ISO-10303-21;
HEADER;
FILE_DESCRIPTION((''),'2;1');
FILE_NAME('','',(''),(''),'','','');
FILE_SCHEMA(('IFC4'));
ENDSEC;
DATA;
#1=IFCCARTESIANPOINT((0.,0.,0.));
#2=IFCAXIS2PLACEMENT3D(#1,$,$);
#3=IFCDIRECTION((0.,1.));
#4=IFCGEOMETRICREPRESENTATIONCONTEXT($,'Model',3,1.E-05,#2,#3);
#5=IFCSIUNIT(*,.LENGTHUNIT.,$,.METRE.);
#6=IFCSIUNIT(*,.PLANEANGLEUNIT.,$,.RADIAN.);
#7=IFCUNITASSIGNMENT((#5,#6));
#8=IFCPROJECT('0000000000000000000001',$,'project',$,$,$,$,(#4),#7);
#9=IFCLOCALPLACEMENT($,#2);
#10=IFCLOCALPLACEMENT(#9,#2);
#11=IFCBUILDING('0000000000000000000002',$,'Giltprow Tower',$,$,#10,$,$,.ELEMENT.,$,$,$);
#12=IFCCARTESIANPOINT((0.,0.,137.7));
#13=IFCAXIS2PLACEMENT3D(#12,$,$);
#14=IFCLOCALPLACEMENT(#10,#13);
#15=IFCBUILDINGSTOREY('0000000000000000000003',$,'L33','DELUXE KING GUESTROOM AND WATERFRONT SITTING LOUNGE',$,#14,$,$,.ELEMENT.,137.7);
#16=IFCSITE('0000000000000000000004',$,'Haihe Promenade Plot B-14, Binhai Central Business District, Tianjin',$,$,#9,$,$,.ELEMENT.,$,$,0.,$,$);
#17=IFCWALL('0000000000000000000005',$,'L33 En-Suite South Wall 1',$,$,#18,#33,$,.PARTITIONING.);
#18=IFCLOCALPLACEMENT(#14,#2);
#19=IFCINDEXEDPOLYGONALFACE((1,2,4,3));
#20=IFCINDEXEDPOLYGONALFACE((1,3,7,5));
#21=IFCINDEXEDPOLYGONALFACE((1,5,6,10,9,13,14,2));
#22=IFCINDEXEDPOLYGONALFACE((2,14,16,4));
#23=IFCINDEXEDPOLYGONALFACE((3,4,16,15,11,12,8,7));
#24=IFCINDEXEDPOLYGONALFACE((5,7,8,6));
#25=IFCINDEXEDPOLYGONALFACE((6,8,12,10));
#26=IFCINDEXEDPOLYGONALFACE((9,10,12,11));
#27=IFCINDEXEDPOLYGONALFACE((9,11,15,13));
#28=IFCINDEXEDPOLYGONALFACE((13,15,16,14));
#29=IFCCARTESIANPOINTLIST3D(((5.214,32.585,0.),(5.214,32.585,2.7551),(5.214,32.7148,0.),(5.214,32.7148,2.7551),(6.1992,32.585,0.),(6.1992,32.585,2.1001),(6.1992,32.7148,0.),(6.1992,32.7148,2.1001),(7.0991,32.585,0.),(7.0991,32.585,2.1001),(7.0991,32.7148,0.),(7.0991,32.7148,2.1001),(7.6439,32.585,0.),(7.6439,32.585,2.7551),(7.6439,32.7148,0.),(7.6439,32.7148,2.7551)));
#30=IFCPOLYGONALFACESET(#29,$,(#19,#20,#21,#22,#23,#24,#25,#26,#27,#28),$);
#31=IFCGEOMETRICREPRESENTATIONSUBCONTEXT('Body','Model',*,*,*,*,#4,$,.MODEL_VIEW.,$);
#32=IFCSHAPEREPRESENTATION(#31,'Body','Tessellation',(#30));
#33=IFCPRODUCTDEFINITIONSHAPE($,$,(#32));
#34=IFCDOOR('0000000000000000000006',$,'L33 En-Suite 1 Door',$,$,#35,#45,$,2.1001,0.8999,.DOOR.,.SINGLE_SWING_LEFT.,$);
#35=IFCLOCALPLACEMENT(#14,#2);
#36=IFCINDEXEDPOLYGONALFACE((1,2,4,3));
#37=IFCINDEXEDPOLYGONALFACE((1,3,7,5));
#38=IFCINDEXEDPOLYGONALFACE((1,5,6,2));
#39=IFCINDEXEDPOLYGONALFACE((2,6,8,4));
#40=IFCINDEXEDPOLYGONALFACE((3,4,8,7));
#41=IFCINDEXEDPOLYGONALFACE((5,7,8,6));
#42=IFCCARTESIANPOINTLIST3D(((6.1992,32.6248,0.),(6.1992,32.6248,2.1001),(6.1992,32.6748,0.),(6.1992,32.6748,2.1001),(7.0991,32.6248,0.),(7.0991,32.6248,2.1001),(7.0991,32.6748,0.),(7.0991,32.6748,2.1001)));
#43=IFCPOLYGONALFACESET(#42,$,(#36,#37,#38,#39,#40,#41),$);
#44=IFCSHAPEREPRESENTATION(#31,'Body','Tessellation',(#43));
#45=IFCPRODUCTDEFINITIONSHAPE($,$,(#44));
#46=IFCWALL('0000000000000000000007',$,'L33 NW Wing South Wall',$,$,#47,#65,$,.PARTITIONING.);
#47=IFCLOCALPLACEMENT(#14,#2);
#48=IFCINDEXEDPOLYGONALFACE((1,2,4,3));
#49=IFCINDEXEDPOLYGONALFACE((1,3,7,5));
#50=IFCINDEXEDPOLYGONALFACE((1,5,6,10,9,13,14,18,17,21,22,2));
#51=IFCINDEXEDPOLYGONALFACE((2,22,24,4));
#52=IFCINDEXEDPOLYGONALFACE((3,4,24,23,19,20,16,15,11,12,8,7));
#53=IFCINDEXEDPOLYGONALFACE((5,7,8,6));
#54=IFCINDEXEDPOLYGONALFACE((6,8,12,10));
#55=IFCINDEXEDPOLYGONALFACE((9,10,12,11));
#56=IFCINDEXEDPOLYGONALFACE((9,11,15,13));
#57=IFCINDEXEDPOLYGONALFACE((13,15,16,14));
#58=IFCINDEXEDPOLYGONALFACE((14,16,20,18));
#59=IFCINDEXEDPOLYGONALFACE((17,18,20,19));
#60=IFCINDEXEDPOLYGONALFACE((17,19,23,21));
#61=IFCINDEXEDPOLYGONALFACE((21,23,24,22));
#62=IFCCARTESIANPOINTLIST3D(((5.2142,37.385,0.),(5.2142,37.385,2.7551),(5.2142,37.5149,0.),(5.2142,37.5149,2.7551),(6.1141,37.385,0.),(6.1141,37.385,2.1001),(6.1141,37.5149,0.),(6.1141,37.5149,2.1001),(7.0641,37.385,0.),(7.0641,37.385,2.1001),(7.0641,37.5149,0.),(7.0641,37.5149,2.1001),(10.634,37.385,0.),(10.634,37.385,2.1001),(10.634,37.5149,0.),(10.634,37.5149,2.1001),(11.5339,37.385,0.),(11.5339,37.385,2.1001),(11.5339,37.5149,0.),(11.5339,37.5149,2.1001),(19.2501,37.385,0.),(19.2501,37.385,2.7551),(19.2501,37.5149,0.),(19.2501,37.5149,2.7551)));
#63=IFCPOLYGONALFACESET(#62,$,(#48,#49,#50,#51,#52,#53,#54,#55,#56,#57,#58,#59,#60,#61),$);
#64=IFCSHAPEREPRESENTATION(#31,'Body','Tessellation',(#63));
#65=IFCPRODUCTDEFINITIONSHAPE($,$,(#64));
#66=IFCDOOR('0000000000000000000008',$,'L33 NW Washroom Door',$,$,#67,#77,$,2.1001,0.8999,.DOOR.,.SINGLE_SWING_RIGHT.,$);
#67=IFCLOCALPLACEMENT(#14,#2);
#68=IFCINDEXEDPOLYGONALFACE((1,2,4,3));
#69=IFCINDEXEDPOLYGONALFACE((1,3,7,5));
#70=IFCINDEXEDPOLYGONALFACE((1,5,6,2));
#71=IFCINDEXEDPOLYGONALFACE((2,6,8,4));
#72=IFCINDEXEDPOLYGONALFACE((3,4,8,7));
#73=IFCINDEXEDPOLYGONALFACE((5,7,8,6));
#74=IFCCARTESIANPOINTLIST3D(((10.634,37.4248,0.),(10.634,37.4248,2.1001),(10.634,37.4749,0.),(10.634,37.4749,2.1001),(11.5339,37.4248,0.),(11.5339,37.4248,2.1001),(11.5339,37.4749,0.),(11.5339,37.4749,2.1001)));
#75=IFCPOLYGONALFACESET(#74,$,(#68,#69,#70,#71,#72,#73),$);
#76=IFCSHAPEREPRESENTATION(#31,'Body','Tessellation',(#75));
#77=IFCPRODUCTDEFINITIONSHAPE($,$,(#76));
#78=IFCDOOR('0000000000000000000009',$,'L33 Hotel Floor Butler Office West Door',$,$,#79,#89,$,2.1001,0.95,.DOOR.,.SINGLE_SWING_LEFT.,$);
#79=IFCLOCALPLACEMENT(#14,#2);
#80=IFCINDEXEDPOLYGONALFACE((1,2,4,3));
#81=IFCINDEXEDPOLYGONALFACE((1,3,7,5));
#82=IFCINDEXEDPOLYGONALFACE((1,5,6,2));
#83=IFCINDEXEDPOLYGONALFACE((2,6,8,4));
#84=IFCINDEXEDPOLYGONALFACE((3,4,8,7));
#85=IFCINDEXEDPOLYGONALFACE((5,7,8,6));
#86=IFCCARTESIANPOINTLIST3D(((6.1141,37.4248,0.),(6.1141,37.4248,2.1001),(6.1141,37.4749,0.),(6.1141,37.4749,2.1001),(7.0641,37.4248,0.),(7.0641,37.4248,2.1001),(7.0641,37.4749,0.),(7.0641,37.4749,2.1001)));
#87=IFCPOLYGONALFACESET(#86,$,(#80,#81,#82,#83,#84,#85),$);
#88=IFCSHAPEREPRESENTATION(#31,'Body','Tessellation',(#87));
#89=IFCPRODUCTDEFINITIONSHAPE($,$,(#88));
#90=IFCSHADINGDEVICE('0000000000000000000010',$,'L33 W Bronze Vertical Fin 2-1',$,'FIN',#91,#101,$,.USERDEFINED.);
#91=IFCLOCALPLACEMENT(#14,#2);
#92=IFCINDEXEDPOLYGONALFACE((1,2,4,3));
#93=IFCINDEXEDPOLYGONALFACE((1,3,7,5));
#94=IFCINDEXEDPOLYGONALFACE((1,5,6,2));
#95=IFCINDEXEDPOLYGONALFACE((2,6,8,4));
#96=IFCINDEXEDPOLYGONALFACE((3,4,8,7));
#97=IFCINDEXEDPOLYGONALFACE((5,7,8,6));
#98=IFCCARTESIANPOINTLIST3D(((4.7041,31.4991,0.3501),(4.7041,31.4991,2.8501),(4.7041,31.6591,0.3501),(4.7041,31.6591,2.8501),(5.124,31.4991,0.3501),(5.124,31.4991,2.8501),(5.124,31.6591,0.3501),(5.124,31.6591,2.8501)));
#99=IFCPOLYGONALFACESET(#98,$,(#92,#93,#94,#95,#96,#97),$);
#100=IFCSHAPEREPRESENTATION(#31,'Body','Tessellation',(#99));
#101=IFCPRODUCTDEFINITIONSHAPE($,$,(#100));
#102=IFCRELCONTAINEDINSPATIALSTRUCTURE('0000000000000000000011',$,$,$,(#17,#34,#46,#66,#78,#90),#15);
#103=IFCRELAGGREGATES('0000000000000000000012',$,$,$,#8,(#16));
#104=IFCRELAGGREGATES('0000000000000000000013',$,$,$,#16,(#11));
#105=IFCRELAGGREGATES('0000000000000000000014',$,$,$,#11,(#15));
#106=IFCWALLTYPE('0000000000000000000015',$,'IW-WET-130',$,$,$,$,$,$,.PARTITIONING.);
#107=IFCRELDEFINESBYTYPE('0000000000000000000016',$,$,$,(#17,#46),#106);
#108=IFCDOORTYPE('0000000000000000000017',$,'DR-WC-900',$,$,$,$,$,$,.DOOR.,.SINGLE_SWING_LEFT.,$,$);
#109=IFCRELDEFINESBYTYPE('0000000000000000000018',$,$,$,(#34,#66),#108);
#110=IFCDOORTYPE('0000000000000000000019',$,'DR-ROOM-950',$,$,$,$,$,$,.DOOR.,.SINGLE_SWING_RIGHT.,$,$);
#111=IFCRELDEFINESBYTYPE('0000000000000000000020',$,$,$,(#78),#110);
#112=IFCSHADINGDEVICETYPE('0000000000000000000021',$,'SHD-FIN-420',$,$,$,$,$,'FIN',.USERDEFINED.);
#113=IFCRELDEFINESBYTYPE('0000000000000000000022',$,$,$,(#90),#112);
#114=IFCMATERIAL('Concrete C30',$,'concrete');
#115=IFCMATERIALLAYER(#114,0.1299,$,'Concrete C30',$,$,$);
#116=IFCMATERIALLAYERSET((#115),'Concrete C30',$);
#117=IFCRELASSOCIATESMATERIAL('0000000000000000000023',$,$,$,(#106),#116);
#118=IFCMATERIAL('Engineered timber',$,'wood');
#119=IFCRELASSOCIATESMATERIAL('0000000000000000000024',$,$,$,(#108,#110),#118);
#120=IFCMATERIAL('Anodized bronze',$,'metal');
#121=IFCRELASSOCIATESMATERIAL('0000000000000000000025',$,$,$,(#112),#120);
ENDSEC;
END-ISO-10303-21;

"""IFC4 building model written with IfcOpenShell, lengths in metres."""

from ifc_helpers import new_model, si_unit, direction, frame, frame_2d, origin, origin_2d, place, context, subcontext, project, spatial, rectangle, extrude, source, transform, mapped, material, layer, layer_set, type_object, element, fill, save


model = new_model("IFC4")

# Units and contexts
model_context = context("Model", 3, precision=1e-05, world=origin(), true_north=direction((0.0, 1.0)))
body_context = subcontext(model_context, "Body", "Model", "MODEL_VIEW")
ifc_project = project(units=[si_unit("LENGTHUNIT", "METRE"), si_unit("PLANEANGLEUNIT", "RADIAN")], contexts=[model_context])

# Site, building, storey
site_placement = place(None, origin())
site = spatial("IfcSite", under=ifc_project, at=site_placement, Name="Haihe Promenade Plot B-14, Binhai Central Business District, Tianjin", CompositionType="ELEMENT", RefElevation=0.0)
building_placement = place(site_placement, origin())
building = spatial("IfcBuilding", under=site, at=building_placement, Name="Giltprow Tower", CompositionType="ELEMENT")
storey_placement = place(building_placement, frame((0.0, 0.0, 137.7)))
storey = spatial("IfcBuildingStorey", under=building, at=storey_placement, Name="L33", Description="DELUXE KING GUESTROOM AND WATERFRONT SITTING LOUNGE", CompositionType="ELEMENT", Elevation=137.7)

# Shared definitions
ifc_material_1 = material(Name="Engineered timber", Category="wood")

# Wall, opening, door
ifc_material_2 = material(Name="Concrete C30", Category="concrete")
ifc_layer_1 = layer(ifc_material_2, 0.1299, Name="Concrete C30")
ifc_layer_set_1 = layer_set([ifc_layer_1], Name="Concrete C30")
wall_type_1 = type_object("IfcWallType", Name="IW-WET-130", PredefinedType="PARTITIONING", material=ifc_layer_set_1)
wall_1_placement = place(storey_placement, frame((5.2141, 32.6499, 0.0), z_axis=(0.0, 0.0, 1.0), x_axis=(1.0, 0.0, 0.0)))
wall_1 = element("IfcWall", 1, at=wall_1_placement, inside=storey, type_object=wall_type_1, Name="L33 En-Suite South Wall 1", PredefinedType="PARTITIONING", context=body_context, shape_type="SweptSolid", body=[
    extrude(rectangle(XDim=2.4299, YDim=0.1299, at=frame_2d((1.2148, 0.0))), origin(), (0.0, 0.0, 1.0), 2.7551),
])
opening_1_placement = place(wall_1_placement, frame((0.9851, 0.0, 0.0)))
opening_1 = element("IfcOpeningElement", 2, at=opening_1_placement, cuts=wall_1, PredefinedType="OPENING", context=body_context, shape_type="SweptSolid", body=[
    extrude(rectangle(XDim=0.8999, YDim=2.1001, at=frame_2d((0.45, 1.05))), frame((0.0, 0.075, 0.0), z_axis=(0.0, -1.0, 0.0), x_axis=(1.0, 0.0, 0.0)), (0.0, 0.0, 1.0), 0.1499),
])
door_type_1 = type_object("IfcDoorType", Name="DR-WC-900", OperationType="SINGLE_SWING_LEFT", PredefinedType="DOOR", material=ifc_material_1)
shared_shape_1 = source(origin(), body_context, "Body", "SweptSolid", [
    extrude(rectangle(XDim=0.8999, YDim=2.1001, at=frame_2d((0.45, 1.05))), frame((0.0, 0.0249, 0.0), z_axis=(0.0, -1.0, 0.0), x_axis=(1.0, 0.0, 0.0)), (0.0, 0.0, 1.0), 0.05),
])
door_1_placement = place(opening_1_placement, origin())
door_1 = element("IfcDoor", 3, at=door_1_placement, inside=storey, type_object=door_type_1, Name="L33 En-Suite 1 Door", OperationType="SINGLE_SWING_LEFT", OverallHeight=2.1001, OverallWidth=0.8999, PredefinedType="DOOR", context=body_context, shape_type="MappedRepresentation", body=[
    mapped(shared_shape_1, transform((0.0, 0.0, 0.0), x_axis=(1.0, 0.0, 0.0), y_axis=(0.0, 1.0, 0.0), z_axis=(0.0, 0.0, 1.0), scale=1.0)),
])
fill(opening_1, door_1)

# Wall, openings, doors
wall_2_placement = place(storey_placement, frame((5.2141, 37.45, 0.0), z_axis=(0.0, 0.0, 1.0), x_axis=(1.0, 0.0, 0.0)))
wall_2 = element("IfcWall", 4, at=wall_2_placement, inside=storey, type_object=wall_type_1, Name="L33 NW Wing South Wall", PredefinedType="PARTITIONING", context=body_context, shape_type="SweptSolid", body=[
    extrude(rectangle(XDim=14.0359, YDim=0.1299, at=frame_2d((7.0181, 0.0))), origin(), (0.0, 0.0, 1.0), 2.7551),
])
opening_2_placement = place(wall_2_placement, frame((0.8999, 0.0, 0.0)))
opening_2 = element("IfcOpeningElement", 5, at=opening_2_placement, cuts=wall_2, PredefinedType="OPENING", context=body_context, shape_type="SweptSolid", body=[
    extrude(rectangle(XDim=0.95, YDim=2.1001, at=frame_2d((0.4751, 1.05))), frame((0.0, 0.075, 0.0), z_axis=(0.0, -1.0, 0.0), x_axis=(1.0, 0.0, 0.0)), (0.0, 0.0, 1.0), 0.1499),
])
opening_3_placement = place(wall_2_placement, frame((5.4199, 0.0, 0.0)))
opening_3 = element("IfcOpeningElement", 6, at=opening_3_placement, cuts=wall_2, PredefinedType="OPENING", context=body_context, shape_type="SweptSolid", body=[
    extrude(rectangle(XDim=0.8999, YDim=2.1001, at=frame_2d((0.45, 1.05))), frame((0.0, 0.075, 0.0), z_axis=(0.0, -1.0, 0.0), x_axis=(1.0, 0.0, 0.0)), (0.0, 0.0, 1.0), 0.1499),
])
door_2_placement = place(opening_3_placement, origin())
door_2 = element("IfcDoor", 7, at=door_2_placement, inside=storey, type_object=door_type_1, Name="L33 NW Washroom Door", OperationType="SINGLE_SWING_RIGHT", OverallHeight=2.1001, OverallWidth=0.8999, PredefinedType="DOOR", context=body_context, shape_type="MappedRepresentation", body=[
    mapped(shared_shape_1, transform((0.0, 0.0, 0.0), x_axis=(1.0, 0.0, 0.0), y_axis=(0.0, 1.0, 0.0), z_axis=(0.0, 0.0, 1.0), scale=1.0)),
])
fill(opening_3, door_2)
door_type_2 = type_object("IfcDoorType", Name="DR-ROOM-950", OperationType="SINGLE_SWING_RIGHT", PredefinedType="DOOR", material=ifc_material_1)
shared_shape_2 = source(origin(), body_context, "Body", "SweptSolid", [
    extrude(rectangle(XDim=0.95, YDim=2.1001, at=frame_2d((0.4751, 1.05))), frame((0.0, 0.0249, 0.0), z_axis=(0.0, -1.0, 0.0), x_axis=(1.0, 0.0, 0.0)), (0.0, 0.0, 1.0), 0.05),
])
door_3_placement = place(opening_2_placement, origin())
door_3 = element("IfcDoor", 8, at=door_3_placement, inside=storey, type_object=door_type_2, Name="L33 Hotel Floor Butler Office West Door", OperationType="SINGLE_SWING_LEFT", OverallHeight=2.1001, OverallWidth=0.95, PredefinedType="DOOR", context=body_context, shape_type="MappedRepresentation", body=[
    mapped(shared_shape_2, transform((0.0, 0.0, 0.0), x_axis=(1.0, 0.0, 0.0), y_axis=(0.0, 1.0, 0.0), z_axis=(0.0, 0.0, 1.0), scale=1.0)),
])
fill(opening_2, door_3)

# Shading device
ifc_material_3 = material(Name="Anodized bronze", Category="metal")
shading_device_type = type_object("IfcShadingDeviceType", Name="SHD-FIN-420", ElementType="FIN", PredefinedType="USERDEFINED", material=ifc_material_3)
shared_shape_3 = source(origin(), body_context, "Body", "SweptSolid", [
    extrude(rectangle(XDim=0.4199, YDim=0.1599, at=origin_2d()), origin(), (0.0, 0.0, 1.0), 2.5),
])
shading_device_placement = place(storey_placement, frame((4.9141, 31.5791, 0.3501), z_axis=(0.0, 0.0, 1.0), x_axis=(1.0, 0.0, 0.0)))
element("IfcShadingDevice", 9, at=shading_device_placement, inside=storey, type_object=shading_device_type, Name="L33 W Bronze Vertical Fin 2-1", ObjectType="FIN", PredefinedType="USERDEFINED", context=body_context, shape_type="MappedRepresentation", body=[
    mapped(shared_shape_3, transform((0.0, 0.0, 0.0), x_axis=(1.0, 0.0, 0.0), y_axis=(0.0, 1.0, 0.0), z_axis=(0.0, 0.0, 1.0), scale=1.0)),
])

save(model, "model.ifc")
